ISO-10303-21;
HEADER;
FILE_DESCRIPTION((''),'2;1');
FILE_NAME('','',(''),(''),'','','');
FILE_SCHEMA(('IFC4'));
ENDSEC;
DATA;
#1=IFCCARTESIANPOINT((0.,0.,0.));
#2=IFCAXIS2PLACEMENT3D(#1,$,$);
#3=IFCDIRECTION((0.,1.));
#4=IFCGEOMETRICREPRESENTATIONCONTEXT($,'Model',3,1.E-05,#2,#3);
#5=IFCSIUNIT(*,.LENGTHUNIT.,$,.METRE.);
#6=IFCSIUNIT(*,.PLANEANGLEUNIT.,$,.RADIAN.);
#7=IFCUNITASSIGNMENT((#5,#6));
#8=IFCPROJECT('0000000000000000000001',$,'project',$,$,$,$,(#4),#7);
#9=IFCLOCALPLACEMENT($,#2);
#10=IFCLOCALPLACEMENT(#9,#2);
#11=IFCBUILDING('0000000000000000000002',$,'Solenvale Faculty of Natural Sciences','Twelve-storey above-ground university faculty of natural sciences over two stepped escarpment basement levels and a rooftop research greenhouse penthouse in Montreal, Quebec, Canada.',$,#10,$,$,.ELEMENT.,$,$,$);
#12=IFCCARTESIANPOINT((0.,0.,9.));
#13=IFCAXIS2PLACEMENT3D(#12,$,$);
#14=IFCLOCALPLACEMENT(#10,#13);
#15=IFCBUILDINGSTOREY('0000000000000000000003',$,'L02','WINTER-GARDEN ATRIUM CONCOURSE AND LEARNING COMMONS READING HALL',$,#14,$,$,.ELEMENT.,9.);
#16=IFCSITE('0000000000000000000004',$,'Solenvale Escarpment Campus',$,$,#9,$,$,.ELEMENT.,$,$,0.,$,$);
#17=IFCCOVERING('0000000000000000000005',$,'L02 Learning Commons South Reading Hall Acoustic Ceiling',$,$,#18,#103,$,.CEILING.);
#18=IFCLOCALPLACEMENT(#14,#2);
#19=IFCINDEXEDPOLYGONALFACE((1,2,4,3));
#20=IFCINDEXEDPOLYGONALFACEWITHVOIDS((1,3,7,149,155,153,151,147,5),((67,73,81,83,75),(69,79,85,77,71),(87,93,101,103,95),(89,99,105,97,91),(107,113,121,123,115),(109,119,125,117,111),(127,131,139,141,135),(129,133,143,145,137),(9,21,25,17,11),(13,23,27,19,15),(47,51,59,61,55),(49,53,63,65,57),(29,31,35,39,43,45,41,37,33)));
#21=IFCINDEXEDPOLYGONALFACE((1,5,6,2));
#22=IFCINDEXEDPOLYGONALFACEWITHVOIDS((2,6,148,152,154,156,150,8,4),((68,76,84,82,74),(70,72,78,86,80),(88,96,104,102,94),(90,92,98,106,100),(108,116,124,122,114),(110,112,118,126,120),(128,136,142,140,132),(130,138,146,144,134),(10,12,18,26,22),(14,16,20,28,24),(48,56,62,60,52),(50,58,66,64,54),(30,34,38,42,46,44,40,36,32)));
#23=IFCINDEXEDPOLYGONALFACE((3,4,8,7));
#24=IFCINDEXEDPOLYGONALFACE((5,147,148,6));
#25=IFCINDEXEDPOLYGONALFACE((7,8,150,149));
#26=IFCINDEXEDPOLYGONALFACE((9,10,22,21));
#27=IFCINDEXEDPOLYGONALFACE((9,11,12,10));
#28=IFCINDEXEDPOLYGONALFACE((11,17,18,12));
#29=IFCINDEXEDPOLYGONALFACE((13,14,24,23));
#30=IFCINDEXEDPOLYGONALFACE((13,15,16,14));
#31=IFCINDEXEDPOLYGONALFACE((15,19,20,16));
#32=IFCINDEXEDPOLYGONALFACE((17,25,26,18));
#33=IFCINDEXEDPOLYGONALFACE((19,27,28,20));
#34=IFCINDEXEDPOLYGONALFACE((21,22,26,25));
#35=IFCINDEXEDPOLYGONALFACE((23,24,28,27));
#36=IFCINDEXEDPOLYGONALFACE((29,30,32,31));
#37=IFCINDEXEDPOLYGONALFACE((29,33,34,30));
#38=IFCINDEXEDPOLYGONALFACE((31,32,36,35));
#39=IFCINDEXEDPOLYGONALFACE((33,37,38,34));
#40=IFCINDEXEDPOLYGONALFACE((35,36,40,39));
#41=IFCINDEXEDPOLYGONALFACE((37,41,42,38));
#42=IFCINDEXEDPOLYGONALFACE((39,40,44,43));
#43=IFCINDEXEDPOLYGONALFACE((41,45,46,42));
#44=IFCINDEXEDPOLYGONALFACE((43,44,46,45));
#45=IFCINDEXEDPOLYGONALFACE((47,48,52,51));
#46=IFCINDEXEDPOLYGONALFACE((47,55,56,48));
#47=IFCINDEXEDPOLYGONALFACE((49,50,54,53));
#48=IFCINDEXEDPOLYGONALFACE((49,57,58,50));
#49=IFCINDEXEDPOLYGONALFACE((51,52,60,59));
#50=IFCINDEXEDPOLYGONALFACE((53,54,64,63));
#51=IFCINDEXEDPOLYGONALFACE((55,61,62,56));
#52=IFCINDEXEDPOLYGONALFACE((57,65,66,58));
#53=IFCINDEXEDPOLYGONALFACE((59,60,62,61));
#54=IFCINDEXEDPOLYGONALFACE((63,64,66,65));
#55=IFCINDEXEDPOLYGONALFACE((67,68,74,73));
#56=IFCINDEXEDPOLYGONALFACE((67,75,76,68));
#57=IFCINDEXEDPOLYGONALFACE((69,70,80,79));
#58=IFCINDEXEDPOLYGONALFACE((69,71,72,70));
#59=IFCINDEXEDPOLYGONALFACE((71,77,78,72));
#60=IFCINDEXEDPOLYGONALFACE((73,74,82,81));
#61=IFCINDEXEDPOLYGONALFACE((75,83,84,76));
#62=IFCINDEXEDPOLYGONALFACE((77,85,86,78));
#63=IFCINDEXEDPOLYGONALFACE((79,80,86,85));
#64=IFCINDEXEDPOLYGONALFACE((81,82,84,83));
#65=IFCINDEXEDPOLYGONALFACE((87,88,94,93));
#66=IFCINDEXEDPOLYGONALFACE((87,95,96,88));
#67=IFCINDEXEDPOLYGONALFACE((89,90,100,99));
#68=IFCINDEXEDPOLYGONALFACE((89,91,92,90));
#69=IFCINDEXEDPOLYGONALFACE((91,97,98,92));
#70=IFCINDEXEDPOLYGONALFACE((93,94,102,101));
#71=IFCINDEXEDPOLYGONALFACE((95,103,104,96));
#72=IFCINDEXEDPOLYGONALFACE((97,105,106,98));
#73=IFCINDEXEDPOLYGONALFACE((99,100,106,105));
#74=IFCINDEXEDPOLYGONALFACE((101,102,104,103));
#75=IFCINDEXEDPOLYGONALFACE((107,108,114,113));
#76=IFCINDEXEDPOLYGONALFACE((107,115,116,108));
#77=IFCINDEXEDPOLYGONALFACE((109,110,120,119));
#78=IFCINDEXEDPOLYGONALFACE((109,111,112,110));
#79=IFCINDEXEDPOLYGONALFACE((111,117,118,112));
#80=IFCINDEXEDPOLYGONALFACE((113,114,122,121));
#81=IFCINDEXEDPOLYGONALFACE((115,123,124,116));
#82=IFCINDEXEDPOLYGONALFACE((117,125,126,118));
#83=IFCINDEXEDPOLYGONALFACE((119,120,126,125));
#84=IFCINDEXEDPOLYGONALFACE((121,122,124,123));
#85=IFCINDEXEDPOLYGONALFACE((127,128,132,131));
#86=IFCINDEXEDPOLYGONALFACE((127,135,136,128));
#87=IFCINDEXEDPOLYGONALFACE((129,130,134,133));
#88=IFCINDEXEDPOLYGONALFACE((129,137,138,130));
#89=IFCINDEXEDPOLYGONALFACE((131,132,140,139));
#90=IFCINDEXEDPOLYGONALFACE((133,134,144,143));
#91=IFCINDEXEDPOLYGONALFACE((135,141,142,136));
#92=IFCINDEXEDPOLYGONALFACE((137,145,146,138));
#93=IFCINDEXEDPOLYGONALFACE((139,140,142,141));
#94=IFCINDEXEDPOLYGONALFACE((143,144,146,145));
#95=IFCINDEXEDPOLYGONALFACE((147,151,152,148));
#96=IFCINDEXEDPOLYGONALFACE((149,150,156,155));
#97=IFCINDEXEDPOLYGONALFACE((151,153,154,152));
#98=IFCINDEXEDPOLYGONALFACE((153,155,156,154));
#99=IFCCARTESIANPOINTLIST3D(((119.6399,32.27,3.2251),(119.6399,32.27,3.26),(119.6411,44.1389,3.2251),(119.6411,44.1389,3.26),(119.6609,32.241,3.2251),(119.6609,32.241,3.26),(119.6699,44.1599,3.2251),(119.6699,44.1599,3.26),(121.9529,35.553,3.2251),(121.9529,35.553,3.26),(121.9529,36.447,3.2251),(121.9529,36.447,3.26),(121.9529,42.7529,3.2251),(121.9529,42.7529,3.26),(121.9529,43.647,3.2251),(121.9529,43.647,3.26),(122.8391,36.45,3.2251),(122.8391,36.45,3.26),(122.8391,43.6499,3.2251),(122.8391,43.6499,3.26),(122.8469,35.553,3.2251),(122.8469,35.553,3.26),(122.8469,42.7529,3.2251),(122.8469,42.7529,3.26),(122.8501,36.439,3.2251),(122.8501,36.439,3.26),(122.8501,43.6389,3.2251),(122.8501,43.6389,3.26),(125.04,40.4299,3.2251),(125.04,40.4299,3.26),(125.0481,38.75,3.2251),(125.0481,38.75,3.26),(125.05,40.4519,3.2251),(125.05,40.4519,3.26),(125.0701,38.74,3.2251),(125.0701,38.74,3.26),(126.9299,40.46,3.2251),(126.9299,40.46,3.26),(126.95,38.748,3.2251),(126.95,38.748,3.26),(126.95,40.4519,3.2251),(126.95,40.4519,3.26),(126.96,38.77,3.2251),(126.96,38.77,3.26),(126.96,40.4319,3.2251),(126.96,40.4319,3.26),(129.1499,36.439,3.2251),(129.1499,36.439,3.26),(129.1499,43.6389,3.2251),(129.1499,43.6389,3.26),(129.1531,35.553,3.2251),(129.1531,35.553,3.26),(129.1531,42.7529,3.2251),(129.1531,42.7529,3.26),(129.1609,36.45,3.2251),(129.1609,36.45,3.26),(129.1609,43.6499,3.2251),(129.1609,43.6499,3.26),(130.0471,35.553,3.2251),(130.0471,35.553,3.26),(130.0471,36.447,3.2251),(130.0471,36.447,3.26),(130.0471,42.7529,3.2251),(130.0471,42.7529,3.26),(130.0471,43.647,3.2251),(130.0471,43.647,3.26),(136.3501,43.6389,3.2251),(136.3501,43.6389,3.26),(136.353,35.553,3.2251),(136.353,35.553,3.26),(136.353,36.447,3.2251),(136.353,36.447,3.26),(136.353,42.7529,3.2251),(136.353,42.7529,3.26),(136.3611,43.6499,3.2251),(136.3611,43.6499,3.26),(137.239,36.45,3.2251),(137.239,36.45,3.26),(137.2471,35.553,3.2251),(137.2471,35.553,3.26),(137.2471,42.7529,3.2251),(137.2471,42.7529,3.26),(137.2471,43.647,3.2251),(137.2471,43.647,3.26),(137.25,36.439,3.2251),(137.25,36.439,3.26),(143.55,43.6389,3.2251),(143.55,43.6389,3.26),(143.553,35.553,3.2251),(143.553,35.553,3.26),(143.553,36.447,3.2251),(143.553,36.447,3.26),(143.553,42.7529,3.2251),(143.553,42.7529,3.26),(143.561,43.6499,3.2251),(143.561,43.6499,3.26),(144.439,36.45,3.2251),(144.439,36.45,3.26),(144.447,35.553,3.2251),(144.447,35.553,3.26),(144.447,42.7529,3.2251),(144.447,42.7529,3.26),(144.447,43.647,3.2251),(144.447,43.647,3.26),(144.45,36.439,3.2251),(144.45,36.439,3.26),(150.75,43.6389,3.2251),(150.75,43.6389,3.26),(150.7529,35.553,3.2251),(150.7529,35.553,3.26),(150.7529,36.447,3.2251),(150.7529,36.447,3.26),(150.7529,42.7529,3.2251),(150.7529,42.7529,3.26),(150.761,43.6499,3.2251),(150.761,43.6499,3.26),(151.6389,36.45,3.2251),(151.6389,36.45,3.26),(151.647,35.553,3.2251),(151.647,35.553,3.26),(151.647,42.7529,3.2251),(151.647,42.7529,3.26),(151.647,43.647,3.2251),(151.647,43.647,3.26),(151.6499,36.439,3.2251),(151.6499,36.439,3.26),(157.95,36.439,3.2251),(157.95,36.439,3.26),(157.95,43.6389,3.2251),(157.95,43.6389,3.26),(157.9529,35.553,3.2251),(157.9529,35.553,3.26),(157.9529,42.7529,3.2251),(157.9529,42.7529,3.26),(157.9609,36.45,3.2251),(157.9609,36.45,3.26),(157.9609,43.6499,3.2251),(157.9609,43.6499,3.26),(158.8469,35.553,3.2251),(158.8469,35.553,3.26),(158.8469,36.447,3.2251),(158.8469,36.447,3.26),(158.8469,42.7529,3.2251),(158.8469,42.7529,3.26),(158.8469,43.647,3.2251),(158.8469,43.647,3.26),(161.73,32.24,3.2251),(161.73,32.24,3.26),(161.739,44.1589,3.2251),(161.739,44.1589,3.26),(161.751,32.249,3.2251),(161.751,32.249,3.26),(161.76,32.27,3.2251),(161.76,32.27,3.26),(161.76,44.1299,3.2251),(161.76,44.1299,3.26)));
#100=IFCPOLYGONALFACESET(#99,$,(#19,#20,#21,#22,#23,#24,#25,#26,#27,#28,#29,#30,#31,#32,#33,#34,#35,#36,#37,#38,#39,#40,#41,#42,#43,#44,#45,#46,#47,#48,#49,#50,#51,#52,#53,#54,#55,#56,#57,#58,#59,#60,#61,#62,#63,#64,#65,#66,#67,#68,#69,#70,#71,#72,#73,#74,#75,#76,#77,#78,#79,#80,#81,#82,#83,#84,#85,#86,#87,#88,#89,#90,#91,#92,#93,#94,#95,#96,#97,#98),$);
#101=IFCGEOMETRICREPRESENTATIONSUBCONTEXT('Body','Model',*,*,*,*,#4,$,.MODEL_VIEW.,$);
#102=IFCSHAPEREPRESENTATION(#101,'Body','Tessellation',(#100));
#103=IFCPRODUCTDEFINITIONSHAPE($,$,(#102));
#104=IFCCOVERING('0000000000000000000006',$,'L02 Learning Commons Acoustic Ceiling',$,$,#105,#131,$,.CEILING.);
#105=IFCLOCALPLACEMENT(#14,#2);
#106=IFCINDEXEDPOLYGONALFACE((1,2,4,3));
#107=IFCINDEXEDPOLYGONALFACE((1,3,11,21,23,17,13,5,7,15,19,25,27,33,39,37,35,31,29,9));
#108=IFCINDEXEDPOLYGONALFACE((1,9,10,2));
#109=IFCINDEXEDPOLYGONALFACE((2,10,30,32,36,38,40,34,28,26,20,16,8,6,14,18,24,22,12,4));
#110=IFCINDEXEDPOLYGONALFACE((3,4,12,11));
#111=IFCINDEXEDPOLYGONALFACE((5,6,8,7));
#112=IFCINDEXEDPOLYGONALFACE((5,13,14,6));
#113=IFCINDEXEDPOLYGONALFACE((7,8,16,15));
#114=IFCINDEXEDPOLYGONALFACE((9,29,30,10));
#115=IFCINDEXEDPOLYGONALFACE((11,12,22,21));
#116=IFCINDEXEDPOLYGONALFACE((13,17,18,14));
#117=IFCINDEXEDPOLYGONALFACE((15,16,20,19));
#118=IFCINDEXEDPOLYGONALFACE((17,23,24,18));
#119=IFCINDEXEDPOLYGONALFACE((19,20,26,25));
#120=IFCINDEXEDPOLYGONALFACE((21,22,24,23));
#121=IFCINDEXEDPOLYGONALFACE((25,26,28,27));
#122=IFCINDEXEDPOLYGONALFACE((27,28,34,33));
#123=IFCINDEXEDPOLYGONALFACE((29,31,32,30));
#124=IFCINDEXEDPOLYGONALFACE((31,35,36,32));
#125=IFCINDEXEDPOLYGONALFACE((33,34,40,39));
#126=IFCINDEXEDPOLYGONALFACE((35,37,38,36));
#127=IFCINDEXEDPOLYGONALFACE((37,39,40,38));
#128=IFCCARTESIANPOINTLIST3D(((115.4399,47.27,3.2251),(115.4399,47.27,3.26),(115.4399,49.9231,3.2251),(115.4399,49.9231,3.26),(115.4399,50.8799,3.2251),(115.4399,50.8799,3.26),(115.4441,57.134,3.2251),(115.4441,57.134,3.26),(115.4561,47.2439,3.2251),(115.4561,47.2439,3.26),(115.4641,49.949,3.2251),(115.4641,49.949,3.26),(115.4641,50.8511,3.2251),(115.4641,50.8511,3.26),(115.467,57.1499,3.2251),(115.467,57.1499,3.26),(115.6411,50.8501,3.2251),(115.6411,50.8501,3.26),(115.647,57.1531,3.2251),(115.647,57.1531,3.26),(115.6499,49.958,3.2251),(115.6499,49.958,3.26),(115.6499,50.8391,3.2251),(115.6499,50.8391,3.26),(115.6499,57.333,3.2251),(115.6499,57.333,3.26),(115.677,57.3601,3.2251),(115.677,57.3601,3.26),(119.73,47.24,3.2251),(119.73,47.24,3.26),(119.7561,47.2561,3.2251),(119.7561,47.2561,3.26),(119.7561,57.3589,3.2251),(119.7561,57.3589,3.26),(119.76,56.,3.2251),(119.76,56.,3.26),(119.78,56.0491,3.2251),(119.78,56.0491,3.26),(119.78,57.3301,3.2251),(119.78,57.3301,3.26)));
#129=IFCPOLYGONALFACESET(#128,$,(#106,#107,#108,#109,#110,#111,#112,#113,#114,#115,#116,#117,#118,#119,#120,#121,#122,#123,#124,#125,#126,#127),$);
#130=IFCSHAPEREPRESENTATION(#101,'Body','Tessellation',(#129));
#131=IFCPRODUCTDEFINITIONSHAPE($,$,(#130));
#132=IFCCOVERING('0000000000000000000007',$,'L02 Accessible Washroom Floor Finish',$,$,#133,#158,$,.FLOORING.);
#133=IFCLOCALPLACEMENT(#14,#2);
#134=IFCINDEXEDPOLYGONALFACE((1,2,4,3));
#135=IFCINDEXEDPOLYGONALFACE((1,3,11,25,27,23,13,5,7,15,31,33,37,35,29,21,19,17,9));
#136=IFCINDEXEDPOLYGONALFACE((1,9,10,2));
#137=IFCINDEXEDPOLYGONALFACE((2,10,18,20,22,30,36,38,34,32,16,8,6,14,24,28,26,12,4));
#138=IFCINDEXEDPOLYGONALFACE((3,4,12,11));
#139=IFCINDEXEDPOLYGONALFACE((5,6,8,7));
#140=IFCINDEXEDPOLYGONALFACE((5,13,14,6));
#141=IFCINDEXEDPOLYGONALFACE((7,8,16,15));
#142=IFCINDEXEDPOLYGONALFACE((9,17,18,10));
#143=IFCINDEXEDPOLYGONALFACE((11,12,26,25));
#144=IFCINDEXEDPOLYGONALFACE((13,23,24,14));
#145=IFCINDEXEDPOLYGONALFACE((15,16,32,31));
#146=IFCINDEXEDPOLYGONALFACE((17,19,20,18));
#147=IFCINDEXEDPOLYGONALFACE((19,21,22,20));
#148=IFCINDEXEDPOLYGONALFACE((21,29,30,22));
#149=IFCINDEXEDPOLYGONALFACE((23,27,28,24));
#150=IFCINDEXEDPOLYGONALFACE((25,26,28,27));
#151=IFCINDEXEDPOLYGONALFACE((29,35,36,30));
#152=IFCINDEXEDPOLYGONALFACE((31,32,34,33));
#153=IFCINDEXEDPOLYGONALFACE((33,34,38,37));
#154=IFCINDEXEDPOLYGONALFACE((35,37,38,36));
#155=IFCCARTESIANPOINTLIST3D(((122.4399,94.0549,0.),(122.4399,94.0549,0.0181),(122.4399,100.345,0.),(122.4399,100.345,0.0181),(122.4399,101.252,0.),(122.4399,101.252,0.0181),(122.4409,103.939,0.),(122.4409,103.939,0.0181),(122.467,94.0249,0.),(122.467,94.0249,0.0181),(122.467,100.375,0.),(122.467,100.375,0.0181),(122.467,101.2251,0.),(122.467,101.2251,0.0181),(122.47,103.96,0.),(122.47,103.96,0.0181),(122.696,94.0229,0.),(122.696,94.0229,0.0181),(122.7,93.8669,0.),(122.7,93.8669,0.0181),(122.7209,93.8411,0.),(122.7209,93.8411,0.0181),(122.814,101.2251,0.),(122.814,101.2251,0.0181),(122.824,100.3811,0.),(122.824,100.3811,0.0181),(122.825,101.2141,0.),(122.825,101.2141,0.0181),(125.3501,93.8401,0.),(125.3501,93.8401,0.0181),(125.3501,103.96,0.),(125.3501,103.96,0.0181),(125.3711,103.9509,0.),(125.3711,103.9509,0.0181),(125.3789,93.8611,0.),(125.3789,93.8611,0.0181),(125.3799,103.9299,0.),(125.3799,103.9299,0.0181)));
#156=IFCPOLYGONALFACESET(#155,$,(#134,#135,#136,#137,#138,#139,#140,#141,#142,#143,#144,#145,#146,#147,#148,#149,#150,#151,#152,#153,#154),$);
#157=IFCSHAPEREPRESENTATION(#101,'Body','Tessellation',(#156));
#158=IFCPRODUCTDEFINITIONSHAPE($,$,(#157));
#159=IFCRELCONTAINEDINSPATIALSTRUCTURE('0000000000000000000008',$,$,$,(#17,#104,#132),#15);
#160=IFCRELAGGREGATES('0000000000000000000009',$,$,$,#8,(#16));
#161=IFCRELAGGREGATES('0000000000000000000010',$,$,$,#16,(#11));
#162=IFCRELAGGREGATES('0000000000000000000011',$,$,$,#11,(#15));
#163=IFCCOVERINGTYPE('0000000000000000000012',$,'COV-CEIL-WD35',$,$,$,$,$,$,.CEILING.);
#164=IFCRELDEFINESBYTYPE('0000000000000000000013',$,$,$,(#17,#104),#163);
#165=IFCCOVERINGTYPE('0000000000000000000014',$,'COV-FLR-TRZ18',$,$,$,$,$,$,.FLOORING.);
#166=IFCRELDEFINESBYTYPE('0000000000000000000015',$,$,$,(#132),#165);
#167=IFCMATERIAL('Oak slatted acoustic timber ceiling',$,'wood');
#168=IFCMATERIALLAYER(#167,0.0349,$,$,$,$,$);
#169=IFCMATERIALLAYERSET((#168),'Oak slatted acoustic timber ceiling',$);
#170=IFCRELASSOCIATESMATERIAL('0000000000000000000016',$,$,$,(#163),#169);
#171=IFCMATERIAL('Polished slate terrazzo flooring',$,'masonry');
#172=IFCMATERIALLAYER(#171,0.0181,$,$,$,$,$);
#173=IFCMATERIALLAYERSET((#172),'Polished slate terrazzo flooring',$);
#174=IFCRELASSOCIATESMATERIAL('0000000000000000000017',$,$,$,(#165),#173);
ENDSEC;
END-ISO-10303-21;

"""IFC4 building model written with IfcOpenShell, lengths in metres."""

from ifc_helpers import new_model, si_unit, direction, frame, origin, place, context, subcontext, project, spatial, polyline, outline, extrude, material, layer, layer_set, type_object, element, save


model = new_model("IFC4")

# Units and contexts
model_context = context("Model", 3, precision=1e-05, world=origin(), true_north=direction((0.0, 1.0)))
body_context = subcontext(model_context, "Body", "Model", "MODEL_VIEW")
ifc_project = project(units=[si_unit("LENGTHUNIT", "METRE"), si_unit("PLANEANGLEUNIT", "RADIAN")], contexts=[model_context])

# Site, building, storey
site_placement = place(None, origin())
site = spatial("IfcSite", under=ifc_project, at=site_placement, Name="Solenvale Escarpment Campus", CompositionType="ELEMENT", RefElevation=0.0)
building_placement = place(site_placement, origin())
building = spatial("IfcBuilding", under=site, at=building_placement, Name="Solenvale Faculty of Natural Sciences", Description="Twelve-storey above-ground university faculty of natural sciences over two stepped escarpment basement levels and a rooftop research greenhouse penthouse in Montreal, Quebec, Canada.", CompositionType="ELEMENT")
storey_placement = place(building_placement, frame((0.0, 0.0, 9.0)))
storey = spatial("IfcBuildingStorey", under=building, at=storey_placement, Name="L02", Description="WINTER-GARDEN ATRIUM CONCOURSE AND LEARNING COMMONS READING HALL", CompositionType="ELEMENT", Elevation=9.0)

# Coverings
ifc_material_1 = material(Name="Oak slatted acoustic timber ceiling", Category="wood")
ifc_layer_1 = layer(ifc_material_1, 0.0349)
ifc_layer_set_1 = layer_set([ifc_layer_1], Name="Oak slatted acoustic timber ceiling")
covering_type_1 = type_object("IfcCoveringType", Name="COV-CEIL-WD35", PredefinedType="CEILING", material=ifc_layer_set_1)
covering_1_placement = place(storey_placement, frame((0.0, 0.0, 3.2251)))
element("IfcCovering", 1, at=covering_1_placement, inside=storey, type_object=covering_type_1, Name="L02 Learning Commons South Reading Hall Acoustic Ceiling", PredefinedType="CEILING", context=body_context, shape_type="SweptSolid", body=[
    extrude(outline(polyline([(161.76, 32.27), (161.751, 32.249), (161.73, 32.24), (119.6609, 32.241), (119.6399, 32.27), (119.6411, 44.1389), (119.6699, 44.1599), (161.739, 44.1589), (161.76, 44.1299), (161.76, 32.27)]), holes=[polyline([(157.9609, 36.45), (157.95, 36.439), (157.9529, 35.553), (158.8469, 35.553), (158.8469, 36.447), (157.9609, 36.45)]), polyline([(157.9609, 43.6499), (157.95, 43.6389), (157.9529, 42.7529), (158.8469, 42.7529), (158.8469, 43.647), (157.9609, 43.6499)]), polyline([(150.761, 43.6499), (150.75, 43.6389), (150.7529, 42.7529), (151.647, 42.7529), (151.647, 43.647), (150.761, 43.6499)]), polyline([(151.6499, 36.439), (151.6389, 36.45), (150.7529, 36.447), (150.7529, 35.553), (151.647, 35.553), (151.6499, 36.439)]), polyline([(143.561, 43.6499), (143.55, 43.6389), (143.553, 42.7529), (144.447, 42.7529), (144.447, 43.647), (143.561, 43.6499)]), polyline([(144.45, 36.439), (144.439, 36.45), (143.553, 36.447), (143.553, 35.553), (144.447, 35.553), (144.45, 36.439)]), polyline([(136.3611, 43.6499), (136.3501, 43.6389), (136.353, 42.7529), (137.2471, 42.7529), (137.2471, 43.647), (136.3611, 43.6499)]), polyline([(137.25, 36.439), (137.239, 36.45), (136.353, 36.447), (136.353, 35.553), (137.2471, 35.553), (137.25, 36.439)]), polyline([(129.1609, 36.45), (129.1499, 36.439), (129.1531, 35.553), (130.0471, 35.553), (130.0471, 36.447), (129.1609, 36.45)]), polyline([(129.1609, 43.6499), (129.1499, 43.6389), (129.1531, 42.7529), (130.0471, 42.7529), (130.0471, 43.647), (129.1609, 43.6499)]), polyline([(126.96, 40.4319), (126.95, 40.4519), (126.9299, 40.46), (125.05, 40.4519), (125.04, 40.4299), (125.0481, 38.75), (125.0701, 38.74), (126.95, 38.748), (126.96, 38.77), (126.96, 40.4319)]), polyline([(122.8501, 36.439), (122.8391, 36.45), (121.9529, 36.447), (121.9529, 35.553), (122.8469, 35.553), (122.8501, 36.439)]), polyline([(122.8501, 43.6389), (122.8391, 43.6499), (121.9529, 43.647), (121.9529, 42.7529), (122.8469, 42.7529), (122.8501, 43.6389)])]), origin(), (0.0, 0.0, 1.0), 0.0349),
])
covering_2_placement = place(storey_placement, frame((0.0, 0.0, 3.2251)))
element("IfcCovering", 2, at=covering_2_placement, inside=storey, type_object=covering_type_1, Name="L02 Learning Commons Acoustic Ceiling", PredefinedType="CEILING", context=body_context, shape_type="SweptSolid", body=[
    extrude(outline(polyline([(119.78, 56.0491), (119.76, 56.0), (119.7561, 47.2561), (119.73, 47.24), (115.4561, 47.2439), (115.4399, 47.27), (115.4399, 49.9231), (115.4641, 49.949), (115.6499, 49.958), (115.6499, 50.8391), (115.6411, 50.8501), (115.4641, 50.8511), (115.4399, 50.8799), (115.4441, 57.134), (115.467, 57.1499), (115.647, 57.1531), (115.6499, 57.333), (115.677, 57.3601), (119.7561, 57.3589), (119.78, 57.3301), (119.78, 56.0491)])), origin(), (0.0, 0.0, 1.0), 0.0349),
])
ifc_material_2 = material(Name="Polished slate terrazzo flooring", Category="masonry")
ifc_layer_2 = layer(ifc_material_2, 0.0181)
ifc_layer_set_2 = layer_set([ifc_layer_2], Name="Polished slate terrazzo flooring")
covering_type_2 = type_object("IfcCoveringType", Name="COV-FLR-TRZ18", PredefinedType="FLOORING", material=ifc_layer_set_2)
covering_3_placement = place(storey_placement, origin())
element("IfcCovering", 3, at=covering_3_placement, inside=storey, type_object=covering_type_2, Name="L02 Accessible Washroom Floor Finish", PredefinedType="FLOORING", context=body_context, shape_type="SweptSolid", body=[
    extrude(outline(polyline([(125.3501, 103.96), (125.3711, 103.9509), (125.3799, 103.9299), (125.3789, 93.8611), (125.3501, 93.8401), (122.7209, 93.8411), (122.7, 93.8669), (122.696, 94.0229), (122.467, 94.0249), (122.4399, 94.0549), (122.4399, 100.345), (122.467, 100.375), (122.824, 100.3811), (122.825, 101.2141), (122.814, 101.2251), (122.467, 101.2251), (122.4399, 101.252), (122.4409, 103.939), (122.47, 103.96), (125.3501, 103.96)])), origin(), (0.0, 0.0, 1.0), 0.0181),
])

save(model, "model.ifc")
